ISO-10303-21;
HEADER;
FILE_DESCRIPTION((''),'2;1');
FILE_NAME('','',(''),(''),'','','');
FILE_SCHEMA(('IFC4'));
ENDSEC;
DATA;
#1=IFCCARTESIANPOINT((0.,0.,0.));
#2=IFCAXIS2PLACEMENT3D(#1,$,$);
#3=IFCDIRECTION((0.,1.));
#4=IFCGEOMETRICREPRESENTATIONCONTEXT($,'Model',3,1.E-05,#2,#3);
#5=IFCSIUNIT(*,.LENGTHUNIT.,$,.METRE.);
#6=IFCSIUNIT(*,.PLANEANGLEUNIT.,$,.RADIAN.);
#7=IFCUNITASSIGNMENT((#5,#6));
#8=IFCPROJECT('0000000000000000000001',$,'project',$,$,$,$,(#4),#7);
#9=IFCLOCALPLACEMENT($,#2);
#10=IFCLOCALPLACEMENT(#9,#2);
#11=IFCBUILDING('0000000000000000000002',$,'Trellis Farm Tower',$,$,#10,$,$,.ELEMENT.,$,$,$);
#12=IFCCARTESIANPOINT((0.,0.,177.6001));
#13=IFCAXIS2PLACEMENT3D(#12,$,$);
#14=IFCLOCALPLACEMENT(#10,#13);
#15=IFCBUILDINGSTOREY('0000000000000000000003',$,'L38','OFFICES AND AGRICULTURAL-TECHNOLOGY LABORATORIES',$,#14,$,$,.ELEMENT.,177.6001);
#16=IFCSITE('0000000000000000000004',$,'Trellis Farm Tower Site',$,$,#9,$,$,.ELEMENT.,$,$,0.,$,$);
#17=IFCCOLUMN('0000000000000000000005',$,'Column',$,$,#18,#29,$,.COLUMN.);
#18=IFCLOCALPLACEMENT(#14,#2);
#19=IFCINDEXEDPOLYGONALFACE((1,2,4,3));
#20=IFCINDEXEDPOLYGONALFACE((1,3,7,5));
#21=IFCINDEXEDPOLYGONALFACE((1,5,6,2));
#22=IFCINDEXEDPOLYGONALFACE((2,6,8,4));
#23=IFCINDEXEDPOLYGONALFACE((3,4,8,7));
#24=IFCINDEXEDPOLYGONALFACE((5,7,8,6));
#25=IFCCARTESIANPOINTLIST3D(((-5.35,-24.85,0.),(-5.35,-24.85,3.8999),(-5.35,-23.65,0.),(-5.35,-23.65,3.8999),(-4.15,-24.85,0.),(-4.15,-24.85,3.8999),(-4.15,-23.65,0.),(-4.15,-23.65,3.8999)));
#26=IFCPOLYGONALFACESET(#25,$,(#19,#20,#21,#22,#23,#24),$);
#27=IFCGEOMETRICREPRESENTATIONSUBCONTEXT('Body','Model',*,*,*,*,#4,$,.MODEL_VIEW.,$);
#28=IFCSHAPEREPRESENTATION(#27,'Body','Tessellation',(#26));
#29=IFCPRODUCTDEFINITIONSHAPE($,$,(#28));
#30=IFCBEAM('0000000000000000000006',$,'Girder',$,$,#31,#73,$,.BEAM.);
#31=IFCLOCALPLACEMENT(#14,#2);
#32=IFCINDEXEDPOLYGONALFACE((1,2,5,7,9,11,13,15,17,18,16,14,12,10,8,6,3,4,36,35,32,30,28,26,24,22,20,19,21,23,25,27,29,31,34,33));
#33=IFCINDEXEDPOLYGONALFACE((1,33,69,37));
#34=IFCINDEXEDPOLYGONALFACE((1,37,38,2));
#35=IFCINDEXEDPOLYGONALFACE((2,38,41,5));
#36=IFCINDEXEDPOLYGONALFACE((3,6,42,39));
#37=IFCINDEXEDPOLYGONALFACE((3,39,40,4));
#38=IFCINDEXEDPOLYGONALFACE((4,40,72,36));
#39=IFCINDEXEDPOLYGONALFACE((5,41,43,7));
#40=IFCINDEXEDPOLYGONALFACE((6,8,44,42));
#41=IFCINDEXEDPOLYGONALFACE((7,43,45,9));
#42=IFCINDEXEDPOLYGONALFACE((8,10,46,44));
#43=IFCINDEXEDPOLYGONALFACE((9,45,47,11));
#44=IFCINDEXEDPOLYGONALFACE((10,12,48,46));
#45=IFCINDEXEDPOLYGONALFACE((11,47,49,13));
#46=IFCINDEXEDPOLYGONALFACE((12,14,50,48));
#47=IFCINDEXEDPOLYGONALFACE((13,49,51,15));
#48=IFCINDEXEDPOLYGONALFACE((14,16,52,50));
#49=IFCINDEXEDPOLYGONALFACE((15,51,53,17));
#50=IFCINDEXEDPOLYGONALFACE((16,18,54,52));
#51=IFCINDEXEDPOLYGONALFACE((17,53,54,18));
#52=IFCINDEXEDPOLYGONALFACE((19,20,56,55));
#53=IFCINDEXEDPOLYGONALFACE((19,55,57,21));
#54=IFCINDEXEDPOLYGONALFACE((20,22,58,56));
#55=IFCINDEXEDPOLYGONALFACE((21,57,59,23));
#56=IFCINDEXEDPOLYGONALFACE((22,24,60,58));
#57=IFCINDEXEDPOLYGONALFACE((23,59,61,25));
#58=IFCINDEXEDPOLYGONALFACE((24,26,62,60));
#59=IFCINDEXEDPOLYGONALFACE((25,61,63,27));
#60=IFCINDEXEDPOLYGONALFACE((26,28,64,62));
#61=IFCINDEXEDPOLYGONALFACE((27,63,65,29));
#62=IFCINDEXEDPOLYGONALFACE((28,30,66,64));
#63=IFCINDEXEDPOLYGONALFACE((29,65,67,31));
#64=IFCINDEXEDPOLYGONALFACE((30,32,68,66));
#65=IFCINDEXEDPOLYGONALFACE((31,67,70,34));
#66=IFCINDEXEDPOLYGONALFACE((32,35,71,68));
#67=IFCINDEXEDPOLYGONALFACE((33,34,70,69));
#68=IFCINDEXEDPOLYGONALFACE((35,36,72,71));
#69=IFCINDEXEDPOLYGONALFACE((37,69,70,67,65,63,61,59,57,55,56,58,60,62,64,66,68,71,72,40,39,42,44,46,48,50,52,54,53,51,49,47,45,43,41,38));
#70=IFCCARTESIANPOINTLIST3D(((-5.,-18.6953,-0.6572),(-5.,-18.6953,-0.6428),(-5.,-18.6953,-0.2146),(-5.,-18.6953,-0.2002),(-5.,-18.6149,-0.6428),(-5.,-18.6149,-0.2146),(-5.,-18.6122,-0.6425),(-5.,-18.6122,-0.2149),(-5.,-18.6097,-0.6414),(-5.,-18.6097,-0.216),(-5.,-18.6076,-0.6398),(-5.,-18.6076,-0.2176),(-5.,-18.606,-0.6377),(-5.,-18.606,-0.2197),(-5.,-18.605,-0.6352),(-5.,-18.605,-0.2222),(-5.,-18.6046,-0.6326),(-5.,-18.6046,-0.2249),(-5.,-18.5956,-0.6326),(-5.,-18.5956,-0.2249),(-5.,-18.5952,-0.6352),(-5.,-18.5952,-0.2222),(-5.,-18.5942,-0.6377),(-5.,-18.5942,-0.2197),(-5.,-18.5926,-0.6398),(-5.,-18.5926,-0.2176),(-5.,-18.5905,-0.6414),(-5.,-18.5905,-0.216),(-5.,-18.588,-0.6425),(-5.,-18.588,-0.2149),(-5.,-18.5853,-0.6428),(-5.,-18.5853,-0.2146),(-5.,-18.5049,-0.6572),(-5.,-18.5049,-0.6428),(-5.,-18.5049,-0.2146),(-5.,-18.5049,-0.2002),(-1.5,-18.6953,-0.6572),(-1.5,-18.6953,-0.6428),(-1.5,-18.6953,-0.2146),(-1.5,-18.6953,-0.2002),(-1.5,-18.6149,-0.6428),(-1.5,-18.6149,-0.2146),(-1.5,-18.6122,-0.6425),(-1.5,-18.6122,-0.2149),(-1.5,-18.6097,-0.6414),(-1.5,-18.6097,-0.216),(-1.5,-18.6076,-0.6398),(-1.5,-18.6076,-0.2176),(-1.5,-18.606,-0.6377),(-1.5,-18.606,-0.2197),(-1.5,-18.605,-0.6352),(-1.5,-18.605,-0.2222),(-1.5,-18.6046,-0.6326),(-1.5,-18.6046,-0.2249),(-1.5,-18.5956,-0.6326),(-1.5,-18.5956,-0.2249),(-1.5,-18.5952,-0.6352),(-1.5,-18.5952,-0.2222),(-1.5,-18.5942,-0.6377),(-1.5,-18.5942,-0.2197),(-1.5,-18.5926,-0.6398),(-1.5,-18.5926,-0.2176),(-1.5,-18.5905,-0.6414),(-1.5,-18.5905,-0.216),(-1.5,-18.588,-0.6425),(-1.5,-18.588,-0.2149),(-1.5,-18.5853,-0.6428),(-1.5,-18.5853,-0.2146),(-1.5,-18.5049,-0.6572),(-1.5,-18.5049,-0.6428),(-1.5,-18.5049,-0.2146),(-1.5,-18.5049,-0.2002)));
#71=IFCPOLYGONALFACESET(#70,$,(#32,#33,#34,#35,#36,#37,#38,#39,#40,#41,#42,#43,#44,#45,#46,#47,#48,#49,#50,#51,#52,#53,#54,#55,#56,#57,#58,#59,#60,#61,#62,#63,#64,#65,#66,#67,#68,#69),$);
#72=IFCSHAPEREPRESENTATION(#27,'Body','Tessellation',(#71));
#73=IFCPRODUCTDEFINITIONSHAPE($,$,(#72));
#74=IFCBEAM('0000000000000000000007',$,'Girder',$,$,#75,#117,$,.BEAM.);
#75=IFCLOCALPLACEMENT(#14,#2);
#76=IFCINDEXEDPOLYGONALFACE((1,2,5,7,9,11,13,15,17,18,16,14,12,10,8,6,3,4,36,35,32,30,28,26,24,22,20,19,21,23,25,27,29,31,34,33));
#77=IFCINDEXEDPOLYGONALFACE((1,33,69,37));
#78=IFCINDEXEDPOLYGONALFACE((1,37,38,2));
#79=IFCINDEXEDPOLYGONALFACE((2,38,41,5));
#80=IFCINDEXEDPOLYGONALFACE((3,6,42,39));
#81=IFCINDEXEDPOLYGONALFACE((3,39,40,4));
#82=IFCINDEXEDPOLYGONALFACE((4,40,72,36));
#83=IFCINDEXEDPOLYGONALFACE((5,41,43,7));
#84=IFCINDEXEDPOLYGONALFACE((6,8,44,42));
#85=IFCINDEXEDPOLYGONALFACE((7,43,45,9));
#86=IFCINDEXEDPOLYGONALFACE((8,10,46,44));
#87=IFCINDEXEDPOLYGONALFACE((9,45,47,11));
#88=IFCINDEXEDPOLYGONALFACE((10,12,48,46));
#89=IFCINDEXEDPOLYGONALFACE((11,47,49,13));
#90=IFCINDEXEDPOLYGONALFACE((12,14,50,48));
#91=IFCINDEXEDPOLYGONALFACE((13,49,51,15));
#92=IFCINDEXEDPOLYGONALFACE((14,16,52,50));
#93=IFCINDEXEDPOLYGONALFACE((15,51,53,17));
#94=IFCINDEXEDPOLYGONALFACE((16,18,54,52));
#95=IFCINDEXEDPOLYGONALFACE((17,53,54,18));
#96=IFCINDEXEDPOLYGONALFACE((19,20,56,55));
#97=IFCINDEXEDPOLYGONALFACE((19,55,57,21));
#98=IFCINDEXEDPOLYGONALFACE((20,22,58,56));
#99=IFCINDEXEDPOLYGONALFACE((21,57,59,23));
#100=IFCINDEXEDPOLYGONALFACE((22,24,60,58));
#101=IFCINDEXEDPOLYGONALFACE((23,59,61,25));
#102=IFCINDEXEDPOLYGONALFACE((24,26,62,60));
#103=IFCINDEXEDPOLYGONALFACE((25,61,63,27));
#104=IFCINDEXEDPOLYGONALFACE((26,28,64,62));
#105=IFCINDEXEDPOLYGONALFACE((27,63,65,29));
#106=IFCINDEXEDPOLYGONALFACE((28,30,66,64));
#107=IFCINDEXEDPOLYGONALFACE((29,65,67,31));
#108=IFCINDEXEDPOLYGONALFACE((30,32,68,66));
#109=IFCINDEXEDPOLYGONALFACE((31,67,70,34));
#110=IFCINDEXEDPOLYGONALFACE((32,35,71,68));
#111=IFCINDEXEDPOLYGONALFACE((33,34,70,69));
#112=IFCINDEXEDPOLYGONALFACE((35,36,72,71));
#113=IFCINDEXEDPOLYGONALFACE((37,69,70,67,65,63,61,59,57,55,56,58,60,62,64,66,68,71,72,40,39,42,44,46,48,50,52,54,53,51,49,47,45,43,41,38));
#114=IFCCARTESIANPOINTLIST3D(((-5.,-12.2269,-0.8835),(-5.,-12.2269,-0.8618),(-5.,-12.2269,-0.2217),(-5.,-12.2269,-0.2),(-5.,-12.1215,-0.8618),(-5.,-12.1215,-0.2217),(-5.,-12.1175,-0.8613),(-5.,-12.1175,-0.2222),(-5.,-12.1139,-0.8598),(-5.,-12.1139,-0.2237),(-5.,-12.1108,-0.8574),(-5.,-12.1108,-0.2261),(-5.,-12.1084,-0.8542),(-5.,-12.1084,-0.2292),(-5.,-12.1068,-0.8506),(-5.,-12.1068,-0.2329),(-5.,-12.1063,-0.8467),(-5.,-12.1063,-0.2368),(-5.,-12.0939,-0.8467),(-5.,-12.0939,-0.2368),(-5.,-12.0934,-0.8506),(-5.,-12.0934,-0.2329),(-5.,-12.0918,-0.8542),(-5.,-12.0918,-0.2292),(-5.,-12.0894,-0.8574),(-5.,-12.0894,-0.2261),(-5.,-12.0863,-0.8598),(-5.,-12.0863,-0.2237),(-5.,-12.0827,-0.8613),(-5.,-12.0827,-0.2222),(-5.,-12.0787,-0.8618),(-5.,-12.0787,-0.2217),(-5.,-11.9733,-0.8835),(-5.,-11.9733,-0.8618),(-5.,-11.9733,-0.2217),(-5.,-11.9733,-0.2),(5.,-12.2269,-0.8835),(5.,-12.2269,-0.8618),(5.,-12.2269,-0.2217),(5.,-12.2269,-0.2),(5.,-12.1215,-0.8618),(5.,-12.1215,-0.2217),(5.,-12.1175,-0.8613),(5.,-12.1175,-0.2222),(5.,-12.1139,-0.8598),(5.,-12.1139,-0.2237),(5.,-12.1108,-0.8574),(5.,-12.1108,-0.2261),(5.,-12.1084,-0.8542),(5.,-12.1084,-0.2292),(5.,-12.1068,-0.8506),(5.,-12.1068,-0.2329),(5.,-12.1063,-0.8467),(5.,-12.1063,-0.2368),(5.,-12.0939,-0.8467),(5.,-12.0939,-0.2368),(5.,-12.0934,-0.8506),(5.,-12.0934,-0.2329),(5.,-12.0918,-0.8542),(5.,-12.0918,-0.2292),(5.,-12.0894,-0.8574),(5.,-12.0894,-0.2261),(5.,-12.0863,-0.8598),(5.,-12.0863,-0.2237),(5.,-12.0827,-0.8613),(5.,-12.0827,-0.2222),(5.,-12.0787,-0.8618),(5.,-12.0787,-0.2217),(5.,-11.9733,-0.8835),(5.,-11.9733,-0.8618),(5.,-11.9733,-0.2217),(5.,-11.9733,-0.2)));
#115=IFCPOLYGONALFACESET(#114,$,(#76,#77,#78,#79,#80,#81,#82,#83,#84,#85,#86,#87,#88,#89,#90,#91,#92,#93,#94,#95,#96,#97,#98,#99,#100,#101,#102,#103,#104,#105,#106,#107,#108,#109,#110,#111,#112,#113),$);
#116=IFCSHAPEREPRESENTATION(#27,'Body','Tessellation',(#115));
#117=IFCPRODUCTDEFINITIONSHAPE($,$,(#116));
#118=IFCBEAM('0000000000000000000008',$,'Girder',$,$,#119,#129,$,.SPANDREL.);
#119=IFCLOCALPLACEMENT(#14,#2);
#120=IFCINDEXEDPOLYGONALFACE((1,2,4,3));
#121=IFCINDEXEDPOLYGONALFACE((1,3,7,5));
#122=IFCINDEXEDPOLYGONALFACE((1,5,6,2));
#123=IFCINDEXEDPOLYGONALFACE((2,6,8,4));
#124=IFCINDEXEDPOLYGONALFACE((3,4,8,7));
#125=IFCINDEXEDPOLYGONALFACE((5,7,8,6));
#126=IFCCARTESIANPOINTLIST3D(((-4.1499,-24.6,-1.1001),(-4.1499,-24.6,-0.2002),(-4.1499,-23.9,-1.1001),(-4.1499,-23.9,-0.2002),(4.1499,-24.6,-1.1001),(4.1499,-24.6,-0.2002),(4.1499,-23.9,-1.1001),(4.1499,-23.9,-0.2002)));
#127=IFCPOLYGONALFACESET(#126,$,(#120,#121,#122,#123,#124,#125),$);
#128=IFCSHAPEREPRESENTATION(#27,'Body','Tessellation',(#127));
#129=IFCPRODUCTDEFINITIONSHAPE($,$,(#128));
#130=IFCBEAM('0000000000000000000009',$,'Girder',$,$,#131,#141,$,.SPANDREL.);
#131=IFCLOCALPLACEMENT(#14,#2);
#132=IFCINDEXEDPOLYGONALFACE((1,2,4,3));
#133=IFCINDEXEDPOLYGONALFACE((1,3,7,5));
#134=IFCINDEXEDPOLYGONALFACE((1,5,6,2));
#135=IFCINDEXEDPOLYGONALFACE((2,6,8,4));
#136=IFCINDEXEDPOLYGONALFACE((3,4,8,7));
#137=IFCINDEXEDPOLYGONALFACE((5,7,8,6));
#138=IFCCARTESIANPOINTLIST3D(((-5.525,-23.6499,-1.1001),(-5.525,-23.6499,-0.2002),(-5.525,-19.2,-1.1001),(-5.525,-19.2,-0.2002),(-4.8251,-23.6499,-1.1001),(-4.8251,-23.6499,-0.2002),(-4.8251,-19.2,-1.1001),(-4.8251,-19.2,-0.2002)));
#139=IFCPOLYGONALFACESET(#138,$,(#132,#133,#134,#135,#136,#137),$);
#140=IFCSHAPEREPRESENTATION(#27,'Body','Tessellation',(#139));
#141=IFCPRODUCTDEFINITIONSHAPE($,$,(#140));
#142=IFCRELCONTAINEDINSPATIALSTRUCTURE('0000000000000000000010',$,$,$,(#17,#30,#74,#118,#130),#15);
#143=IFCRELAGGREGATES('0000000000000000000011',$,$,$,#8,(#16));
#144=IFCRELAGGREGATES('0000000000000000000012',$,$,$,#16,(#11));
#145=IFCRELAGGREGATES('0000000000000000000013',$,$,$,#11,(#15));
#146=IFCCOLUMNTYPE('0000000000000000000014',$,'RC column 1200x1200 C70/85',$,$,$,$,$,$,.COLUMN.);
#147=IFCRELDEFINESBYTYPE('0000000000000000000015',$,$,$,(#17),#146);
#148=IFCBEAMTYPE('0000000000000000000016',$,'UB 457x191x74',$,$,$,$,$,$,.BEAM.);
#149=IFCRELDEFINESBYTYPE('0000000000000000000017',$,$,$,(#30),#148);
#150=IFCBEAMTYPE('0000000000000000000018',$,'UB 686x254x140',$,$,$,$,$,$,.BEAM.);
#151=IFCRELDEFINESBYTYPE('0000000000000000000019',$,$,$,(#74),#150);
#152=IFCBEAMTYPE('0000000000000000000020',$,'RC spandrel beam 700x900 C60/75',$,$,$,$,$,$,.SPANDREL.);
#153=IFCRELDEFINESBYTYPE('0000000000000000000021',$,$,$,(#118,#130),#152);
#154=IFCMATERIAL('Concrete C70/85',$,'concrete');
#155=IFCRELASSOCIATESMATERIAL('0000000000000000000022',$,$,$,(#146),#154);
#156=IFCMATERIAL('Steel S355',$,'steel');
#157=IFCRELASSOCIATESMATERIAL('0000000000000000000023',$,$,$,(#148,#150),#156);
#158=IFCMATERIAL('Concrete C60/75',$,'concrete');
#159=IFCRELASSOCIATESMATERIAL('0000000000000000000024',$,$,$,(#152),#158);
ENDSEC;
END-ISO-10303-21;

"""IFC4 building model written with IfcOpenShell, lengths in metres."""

from ifc_helpers import new_model, si_unit, direction, frame, origin, origin_2d, place, context, subcontext, project, spatial, rectangle, i_section, extrude, source, transform, mapped, material, material_profile, profile_set, type_object, element, save


model = new_model("IFC4")

# Units and contexts
model_context = context("Model", 3, precision=1e-05, world=origin(), true_north=direction((0.0, 1.0)))
body_context = subcontext(model_context, "Body", "Model", "MODEL_VIEW")
ifc_project = project(units=[si_unit("LENGTHUNIT", "METRE"), si_unit("PLANEANGLEUNIT", "RADIAN")], contexts=[model_context])

# Site, building, storey
site_placement = place(None, origin())
site = spatial("IfcSite", under=ifc_project, at=site_placement, Name="Trellis Farm Tower Site", CompositionType="ELEMENT", RefElevation=0.0)
building_placement = place(site_placement, origin())
building = spatial("IfcBuilding", under=site, at=building_placement, Name="Trellis Farm Tower", CompositionType="ELEMENT")
storey_placement = place(building_placement, frame((0.0, 0.0, 177.6001)))
storey = spatial("IfcBuildingStorey", under=building, at=storey_placement, Name="L38", Description="OFFICES AND AGRICULTURAL-TECHNOLOGY LABORATORIES", CompositionType="ELEMENT", Elevation=177.6001)

# Column
ifc_material_1 = material(Name="Concrete C70/85", Category="concrete")
ifc_material_profile_1 = material_profile(ifc_material_1, rectangle(XDim=1.2, YDim=1.2, at=origin_2d()), Name="RC column 1200x1200 C70/85")
ifc_profile_set_1 = profile_set([ifc_material_profile_1], Name="Concrete C70/85")
column_type = type_object("IfcColumnType", Name="RC column 1200x1200 C70/85", PredefinedType="COLUMN", material=ifc_profile_set_1)
shared_shape_1 = source(origin(), body_context, "Body", "SweptSolid", [
    extrude(rectangle(XDim=1.2, YDim=1.2, at=origin_2d()), origin(), (0.0, 0.0, 1.0), 3.8999),
])
column_placement = place(storey_placement, frame((-4.75, -24.25, 0.0), z_axis=(0.0, 0.0, 1.0), x_axis=(1.0, 0.0, 0.0)))
element("IfcColumn", 1, at=column_placement, inside=storey, type_object=column_type, Name="Column", PredefinedType="COLUMN", context=body_context, shape_type="MappedRepresentation", body=[
    mapped(shared_shape_1, transform((0.0, 0.0, 0.0))),
])

# Beams
ifc_material_2 = material(Name="Steel S355", Category="steel")
ifc_material_profile_2 = material_profile(ifc_material_2, i_section(OverallWidth=0.1904, OverallDepth=0.457, WebThickness=0.009, FlangeThickness=0.0144, FilletRadius=0.0103, at=origin_2d()), Name="UB 457x191x74")
ifc_profile_set_2 = profile_set([ifc_material_profile_2], Name="Steel S355")
beam_type_1 = type_object("IfcBeamType", Name="UB 457x191x74", PredefinedType="BEAM", material=ifc_profile_set_2)
shared_shape_2 = source(origin(), body_context, "Body", "SweptSolid", [
    extrude(i_section(OverallWidth=0.1904, OverallDepth=0.457, WebThickness=0.009, FlangeThickness=0.0144, FilletRadius=0.0103, at=origin_2d()), origin(), (0.0, 0.0, 1.0), 3.5),
])
beam_1_placement = place(storey_placement, frame((-5.0, -18.6001, -0.4287), z_axis=(1.0, 0.0, 0.0), x_axis=(0.0, 1.0, 0.0)))
element("IfcBeam", 2, at=beam_1_placement, inside=storey, type_object=beam_type_1, Name="Girder", PredefinedType="BEAM", context=body_context, shape_type="MappedRepresentation", body=[
    mapped(shared_shape_2, transform((0.0, 0.0, 0.0))),
])
ifc_material_profile_3 = material_profile(ifc_material_2, i_section(OverallWidth=0.2537, OverallDepth=0.6836, WebThickness=0.0125, FlangeThickness=0.0217, FilletRadius=0.0151, at=origin_2d()), Name="UB 686x254x140")
ifc_profile_set_3 = profile_set([ifc_material_profile_3], Name="Steel S355")
beam_type_2 = type_object("IfcBeamType", Name="UB 686x254x140", PredefinedType="BEAM", material=ifc_profile_set_3)
shared_shape_3 = source(origin(), body_context, "Body", "SweptSolid", [
    extrude(i_section(OverallWidth=0.2537, OverallDepth=0.6836, WebThickness=0.0125, FlangeThickness=0.0217, FilletRadius=0.0151, at=origin_2d()), origin(), (0.0, 0.0, 1.0), 10.0),
])
beam_2_placement = place(storey_placement, frame((-5.0, -12.1001, -0.5417), z_axis=(1.0, 0.0, 0.0), x_axis=(0.0, 1.0, 0.0)))
element("IfcBeam", 3, at=beam_2_placement, inside=storey, type_object=beam_type_2, Name="Girder", PredefinedType="BEAM", context=body_context, shape_type="MappedRepresentation", body=[
    mapped(shared_shape_3, transform((0.0, 0.0, 0.0))),
])
ifc_material_3 = material(Name="Concrete C60/75", Category="concrete")
ifc_material_profile_4 = material_profile(ifc_material_3, rectangle(XDim=0.7, YDim=0.8999, at=origin_2d()), Name="RC spandrel beam 700x900 C60/75")
ifc_profile_set_4 = profile_set([ifc_material_profile_4], Name="Concrete C60/75")
beam_type_3 = type_object("IfcBeamType", Name="RC spandrel beam 700x900 C60/75", PredefinedType="SPANDREL", material=ifc_profile_set_4)
shared_shape_4 = source(origin(), body_context, "Body", "SweptSolid", [
    extrude(rectangle(XDim=0.7, YDim=0.8999, at=origin_2d()), origin(), (0.0, 0.0, 1.0), 8.2998),
])
beam_3_placement = place(storey_placement, frame((-4.1499, -24.25, -0.6501), z_axis=(1.0, 0.0, 0.0), x_axis=(0.0, 1.0, 0.0)))
element("IfcBeam", 4, at=beam_3_placement, inside=storey, type_object=beam_type_3, Name="Girder", PredefinedType="SPANDREL", context=body_context, shape_type="MappedRepresentation", body=[
    mapped(shared_shape_4, transform((0.0, 0.0, 0.0))),
])
shared_shape_5 = source(origin(), body_context, "Body", "SweptSolid", [
    extrude(rectangle(XDim=0.7, YDim=0.8999, at=origin_2d()), origin(), (0.0, 0.0, 1.0), 4.45),
])
beam_4_placement = place(storey_placement, frame((-5.175, -23.6499, -0.6501), z_axis=(0.0, 1.0, 0.0), x_axis=(-1.0, 0.0, 0.0)))
element("IfcBeam", 5, at=beam_4_placement, inside=storey, type_object=beam_type_3, Name="Girder", PredefinedType="SPANDREL", context=body_context, shape_type="MappedRepresentation", body=[
    mapped(shared_shape_5, transform((0.0, 0.0, 0.0))),
])

save(model, "model.ifc")
